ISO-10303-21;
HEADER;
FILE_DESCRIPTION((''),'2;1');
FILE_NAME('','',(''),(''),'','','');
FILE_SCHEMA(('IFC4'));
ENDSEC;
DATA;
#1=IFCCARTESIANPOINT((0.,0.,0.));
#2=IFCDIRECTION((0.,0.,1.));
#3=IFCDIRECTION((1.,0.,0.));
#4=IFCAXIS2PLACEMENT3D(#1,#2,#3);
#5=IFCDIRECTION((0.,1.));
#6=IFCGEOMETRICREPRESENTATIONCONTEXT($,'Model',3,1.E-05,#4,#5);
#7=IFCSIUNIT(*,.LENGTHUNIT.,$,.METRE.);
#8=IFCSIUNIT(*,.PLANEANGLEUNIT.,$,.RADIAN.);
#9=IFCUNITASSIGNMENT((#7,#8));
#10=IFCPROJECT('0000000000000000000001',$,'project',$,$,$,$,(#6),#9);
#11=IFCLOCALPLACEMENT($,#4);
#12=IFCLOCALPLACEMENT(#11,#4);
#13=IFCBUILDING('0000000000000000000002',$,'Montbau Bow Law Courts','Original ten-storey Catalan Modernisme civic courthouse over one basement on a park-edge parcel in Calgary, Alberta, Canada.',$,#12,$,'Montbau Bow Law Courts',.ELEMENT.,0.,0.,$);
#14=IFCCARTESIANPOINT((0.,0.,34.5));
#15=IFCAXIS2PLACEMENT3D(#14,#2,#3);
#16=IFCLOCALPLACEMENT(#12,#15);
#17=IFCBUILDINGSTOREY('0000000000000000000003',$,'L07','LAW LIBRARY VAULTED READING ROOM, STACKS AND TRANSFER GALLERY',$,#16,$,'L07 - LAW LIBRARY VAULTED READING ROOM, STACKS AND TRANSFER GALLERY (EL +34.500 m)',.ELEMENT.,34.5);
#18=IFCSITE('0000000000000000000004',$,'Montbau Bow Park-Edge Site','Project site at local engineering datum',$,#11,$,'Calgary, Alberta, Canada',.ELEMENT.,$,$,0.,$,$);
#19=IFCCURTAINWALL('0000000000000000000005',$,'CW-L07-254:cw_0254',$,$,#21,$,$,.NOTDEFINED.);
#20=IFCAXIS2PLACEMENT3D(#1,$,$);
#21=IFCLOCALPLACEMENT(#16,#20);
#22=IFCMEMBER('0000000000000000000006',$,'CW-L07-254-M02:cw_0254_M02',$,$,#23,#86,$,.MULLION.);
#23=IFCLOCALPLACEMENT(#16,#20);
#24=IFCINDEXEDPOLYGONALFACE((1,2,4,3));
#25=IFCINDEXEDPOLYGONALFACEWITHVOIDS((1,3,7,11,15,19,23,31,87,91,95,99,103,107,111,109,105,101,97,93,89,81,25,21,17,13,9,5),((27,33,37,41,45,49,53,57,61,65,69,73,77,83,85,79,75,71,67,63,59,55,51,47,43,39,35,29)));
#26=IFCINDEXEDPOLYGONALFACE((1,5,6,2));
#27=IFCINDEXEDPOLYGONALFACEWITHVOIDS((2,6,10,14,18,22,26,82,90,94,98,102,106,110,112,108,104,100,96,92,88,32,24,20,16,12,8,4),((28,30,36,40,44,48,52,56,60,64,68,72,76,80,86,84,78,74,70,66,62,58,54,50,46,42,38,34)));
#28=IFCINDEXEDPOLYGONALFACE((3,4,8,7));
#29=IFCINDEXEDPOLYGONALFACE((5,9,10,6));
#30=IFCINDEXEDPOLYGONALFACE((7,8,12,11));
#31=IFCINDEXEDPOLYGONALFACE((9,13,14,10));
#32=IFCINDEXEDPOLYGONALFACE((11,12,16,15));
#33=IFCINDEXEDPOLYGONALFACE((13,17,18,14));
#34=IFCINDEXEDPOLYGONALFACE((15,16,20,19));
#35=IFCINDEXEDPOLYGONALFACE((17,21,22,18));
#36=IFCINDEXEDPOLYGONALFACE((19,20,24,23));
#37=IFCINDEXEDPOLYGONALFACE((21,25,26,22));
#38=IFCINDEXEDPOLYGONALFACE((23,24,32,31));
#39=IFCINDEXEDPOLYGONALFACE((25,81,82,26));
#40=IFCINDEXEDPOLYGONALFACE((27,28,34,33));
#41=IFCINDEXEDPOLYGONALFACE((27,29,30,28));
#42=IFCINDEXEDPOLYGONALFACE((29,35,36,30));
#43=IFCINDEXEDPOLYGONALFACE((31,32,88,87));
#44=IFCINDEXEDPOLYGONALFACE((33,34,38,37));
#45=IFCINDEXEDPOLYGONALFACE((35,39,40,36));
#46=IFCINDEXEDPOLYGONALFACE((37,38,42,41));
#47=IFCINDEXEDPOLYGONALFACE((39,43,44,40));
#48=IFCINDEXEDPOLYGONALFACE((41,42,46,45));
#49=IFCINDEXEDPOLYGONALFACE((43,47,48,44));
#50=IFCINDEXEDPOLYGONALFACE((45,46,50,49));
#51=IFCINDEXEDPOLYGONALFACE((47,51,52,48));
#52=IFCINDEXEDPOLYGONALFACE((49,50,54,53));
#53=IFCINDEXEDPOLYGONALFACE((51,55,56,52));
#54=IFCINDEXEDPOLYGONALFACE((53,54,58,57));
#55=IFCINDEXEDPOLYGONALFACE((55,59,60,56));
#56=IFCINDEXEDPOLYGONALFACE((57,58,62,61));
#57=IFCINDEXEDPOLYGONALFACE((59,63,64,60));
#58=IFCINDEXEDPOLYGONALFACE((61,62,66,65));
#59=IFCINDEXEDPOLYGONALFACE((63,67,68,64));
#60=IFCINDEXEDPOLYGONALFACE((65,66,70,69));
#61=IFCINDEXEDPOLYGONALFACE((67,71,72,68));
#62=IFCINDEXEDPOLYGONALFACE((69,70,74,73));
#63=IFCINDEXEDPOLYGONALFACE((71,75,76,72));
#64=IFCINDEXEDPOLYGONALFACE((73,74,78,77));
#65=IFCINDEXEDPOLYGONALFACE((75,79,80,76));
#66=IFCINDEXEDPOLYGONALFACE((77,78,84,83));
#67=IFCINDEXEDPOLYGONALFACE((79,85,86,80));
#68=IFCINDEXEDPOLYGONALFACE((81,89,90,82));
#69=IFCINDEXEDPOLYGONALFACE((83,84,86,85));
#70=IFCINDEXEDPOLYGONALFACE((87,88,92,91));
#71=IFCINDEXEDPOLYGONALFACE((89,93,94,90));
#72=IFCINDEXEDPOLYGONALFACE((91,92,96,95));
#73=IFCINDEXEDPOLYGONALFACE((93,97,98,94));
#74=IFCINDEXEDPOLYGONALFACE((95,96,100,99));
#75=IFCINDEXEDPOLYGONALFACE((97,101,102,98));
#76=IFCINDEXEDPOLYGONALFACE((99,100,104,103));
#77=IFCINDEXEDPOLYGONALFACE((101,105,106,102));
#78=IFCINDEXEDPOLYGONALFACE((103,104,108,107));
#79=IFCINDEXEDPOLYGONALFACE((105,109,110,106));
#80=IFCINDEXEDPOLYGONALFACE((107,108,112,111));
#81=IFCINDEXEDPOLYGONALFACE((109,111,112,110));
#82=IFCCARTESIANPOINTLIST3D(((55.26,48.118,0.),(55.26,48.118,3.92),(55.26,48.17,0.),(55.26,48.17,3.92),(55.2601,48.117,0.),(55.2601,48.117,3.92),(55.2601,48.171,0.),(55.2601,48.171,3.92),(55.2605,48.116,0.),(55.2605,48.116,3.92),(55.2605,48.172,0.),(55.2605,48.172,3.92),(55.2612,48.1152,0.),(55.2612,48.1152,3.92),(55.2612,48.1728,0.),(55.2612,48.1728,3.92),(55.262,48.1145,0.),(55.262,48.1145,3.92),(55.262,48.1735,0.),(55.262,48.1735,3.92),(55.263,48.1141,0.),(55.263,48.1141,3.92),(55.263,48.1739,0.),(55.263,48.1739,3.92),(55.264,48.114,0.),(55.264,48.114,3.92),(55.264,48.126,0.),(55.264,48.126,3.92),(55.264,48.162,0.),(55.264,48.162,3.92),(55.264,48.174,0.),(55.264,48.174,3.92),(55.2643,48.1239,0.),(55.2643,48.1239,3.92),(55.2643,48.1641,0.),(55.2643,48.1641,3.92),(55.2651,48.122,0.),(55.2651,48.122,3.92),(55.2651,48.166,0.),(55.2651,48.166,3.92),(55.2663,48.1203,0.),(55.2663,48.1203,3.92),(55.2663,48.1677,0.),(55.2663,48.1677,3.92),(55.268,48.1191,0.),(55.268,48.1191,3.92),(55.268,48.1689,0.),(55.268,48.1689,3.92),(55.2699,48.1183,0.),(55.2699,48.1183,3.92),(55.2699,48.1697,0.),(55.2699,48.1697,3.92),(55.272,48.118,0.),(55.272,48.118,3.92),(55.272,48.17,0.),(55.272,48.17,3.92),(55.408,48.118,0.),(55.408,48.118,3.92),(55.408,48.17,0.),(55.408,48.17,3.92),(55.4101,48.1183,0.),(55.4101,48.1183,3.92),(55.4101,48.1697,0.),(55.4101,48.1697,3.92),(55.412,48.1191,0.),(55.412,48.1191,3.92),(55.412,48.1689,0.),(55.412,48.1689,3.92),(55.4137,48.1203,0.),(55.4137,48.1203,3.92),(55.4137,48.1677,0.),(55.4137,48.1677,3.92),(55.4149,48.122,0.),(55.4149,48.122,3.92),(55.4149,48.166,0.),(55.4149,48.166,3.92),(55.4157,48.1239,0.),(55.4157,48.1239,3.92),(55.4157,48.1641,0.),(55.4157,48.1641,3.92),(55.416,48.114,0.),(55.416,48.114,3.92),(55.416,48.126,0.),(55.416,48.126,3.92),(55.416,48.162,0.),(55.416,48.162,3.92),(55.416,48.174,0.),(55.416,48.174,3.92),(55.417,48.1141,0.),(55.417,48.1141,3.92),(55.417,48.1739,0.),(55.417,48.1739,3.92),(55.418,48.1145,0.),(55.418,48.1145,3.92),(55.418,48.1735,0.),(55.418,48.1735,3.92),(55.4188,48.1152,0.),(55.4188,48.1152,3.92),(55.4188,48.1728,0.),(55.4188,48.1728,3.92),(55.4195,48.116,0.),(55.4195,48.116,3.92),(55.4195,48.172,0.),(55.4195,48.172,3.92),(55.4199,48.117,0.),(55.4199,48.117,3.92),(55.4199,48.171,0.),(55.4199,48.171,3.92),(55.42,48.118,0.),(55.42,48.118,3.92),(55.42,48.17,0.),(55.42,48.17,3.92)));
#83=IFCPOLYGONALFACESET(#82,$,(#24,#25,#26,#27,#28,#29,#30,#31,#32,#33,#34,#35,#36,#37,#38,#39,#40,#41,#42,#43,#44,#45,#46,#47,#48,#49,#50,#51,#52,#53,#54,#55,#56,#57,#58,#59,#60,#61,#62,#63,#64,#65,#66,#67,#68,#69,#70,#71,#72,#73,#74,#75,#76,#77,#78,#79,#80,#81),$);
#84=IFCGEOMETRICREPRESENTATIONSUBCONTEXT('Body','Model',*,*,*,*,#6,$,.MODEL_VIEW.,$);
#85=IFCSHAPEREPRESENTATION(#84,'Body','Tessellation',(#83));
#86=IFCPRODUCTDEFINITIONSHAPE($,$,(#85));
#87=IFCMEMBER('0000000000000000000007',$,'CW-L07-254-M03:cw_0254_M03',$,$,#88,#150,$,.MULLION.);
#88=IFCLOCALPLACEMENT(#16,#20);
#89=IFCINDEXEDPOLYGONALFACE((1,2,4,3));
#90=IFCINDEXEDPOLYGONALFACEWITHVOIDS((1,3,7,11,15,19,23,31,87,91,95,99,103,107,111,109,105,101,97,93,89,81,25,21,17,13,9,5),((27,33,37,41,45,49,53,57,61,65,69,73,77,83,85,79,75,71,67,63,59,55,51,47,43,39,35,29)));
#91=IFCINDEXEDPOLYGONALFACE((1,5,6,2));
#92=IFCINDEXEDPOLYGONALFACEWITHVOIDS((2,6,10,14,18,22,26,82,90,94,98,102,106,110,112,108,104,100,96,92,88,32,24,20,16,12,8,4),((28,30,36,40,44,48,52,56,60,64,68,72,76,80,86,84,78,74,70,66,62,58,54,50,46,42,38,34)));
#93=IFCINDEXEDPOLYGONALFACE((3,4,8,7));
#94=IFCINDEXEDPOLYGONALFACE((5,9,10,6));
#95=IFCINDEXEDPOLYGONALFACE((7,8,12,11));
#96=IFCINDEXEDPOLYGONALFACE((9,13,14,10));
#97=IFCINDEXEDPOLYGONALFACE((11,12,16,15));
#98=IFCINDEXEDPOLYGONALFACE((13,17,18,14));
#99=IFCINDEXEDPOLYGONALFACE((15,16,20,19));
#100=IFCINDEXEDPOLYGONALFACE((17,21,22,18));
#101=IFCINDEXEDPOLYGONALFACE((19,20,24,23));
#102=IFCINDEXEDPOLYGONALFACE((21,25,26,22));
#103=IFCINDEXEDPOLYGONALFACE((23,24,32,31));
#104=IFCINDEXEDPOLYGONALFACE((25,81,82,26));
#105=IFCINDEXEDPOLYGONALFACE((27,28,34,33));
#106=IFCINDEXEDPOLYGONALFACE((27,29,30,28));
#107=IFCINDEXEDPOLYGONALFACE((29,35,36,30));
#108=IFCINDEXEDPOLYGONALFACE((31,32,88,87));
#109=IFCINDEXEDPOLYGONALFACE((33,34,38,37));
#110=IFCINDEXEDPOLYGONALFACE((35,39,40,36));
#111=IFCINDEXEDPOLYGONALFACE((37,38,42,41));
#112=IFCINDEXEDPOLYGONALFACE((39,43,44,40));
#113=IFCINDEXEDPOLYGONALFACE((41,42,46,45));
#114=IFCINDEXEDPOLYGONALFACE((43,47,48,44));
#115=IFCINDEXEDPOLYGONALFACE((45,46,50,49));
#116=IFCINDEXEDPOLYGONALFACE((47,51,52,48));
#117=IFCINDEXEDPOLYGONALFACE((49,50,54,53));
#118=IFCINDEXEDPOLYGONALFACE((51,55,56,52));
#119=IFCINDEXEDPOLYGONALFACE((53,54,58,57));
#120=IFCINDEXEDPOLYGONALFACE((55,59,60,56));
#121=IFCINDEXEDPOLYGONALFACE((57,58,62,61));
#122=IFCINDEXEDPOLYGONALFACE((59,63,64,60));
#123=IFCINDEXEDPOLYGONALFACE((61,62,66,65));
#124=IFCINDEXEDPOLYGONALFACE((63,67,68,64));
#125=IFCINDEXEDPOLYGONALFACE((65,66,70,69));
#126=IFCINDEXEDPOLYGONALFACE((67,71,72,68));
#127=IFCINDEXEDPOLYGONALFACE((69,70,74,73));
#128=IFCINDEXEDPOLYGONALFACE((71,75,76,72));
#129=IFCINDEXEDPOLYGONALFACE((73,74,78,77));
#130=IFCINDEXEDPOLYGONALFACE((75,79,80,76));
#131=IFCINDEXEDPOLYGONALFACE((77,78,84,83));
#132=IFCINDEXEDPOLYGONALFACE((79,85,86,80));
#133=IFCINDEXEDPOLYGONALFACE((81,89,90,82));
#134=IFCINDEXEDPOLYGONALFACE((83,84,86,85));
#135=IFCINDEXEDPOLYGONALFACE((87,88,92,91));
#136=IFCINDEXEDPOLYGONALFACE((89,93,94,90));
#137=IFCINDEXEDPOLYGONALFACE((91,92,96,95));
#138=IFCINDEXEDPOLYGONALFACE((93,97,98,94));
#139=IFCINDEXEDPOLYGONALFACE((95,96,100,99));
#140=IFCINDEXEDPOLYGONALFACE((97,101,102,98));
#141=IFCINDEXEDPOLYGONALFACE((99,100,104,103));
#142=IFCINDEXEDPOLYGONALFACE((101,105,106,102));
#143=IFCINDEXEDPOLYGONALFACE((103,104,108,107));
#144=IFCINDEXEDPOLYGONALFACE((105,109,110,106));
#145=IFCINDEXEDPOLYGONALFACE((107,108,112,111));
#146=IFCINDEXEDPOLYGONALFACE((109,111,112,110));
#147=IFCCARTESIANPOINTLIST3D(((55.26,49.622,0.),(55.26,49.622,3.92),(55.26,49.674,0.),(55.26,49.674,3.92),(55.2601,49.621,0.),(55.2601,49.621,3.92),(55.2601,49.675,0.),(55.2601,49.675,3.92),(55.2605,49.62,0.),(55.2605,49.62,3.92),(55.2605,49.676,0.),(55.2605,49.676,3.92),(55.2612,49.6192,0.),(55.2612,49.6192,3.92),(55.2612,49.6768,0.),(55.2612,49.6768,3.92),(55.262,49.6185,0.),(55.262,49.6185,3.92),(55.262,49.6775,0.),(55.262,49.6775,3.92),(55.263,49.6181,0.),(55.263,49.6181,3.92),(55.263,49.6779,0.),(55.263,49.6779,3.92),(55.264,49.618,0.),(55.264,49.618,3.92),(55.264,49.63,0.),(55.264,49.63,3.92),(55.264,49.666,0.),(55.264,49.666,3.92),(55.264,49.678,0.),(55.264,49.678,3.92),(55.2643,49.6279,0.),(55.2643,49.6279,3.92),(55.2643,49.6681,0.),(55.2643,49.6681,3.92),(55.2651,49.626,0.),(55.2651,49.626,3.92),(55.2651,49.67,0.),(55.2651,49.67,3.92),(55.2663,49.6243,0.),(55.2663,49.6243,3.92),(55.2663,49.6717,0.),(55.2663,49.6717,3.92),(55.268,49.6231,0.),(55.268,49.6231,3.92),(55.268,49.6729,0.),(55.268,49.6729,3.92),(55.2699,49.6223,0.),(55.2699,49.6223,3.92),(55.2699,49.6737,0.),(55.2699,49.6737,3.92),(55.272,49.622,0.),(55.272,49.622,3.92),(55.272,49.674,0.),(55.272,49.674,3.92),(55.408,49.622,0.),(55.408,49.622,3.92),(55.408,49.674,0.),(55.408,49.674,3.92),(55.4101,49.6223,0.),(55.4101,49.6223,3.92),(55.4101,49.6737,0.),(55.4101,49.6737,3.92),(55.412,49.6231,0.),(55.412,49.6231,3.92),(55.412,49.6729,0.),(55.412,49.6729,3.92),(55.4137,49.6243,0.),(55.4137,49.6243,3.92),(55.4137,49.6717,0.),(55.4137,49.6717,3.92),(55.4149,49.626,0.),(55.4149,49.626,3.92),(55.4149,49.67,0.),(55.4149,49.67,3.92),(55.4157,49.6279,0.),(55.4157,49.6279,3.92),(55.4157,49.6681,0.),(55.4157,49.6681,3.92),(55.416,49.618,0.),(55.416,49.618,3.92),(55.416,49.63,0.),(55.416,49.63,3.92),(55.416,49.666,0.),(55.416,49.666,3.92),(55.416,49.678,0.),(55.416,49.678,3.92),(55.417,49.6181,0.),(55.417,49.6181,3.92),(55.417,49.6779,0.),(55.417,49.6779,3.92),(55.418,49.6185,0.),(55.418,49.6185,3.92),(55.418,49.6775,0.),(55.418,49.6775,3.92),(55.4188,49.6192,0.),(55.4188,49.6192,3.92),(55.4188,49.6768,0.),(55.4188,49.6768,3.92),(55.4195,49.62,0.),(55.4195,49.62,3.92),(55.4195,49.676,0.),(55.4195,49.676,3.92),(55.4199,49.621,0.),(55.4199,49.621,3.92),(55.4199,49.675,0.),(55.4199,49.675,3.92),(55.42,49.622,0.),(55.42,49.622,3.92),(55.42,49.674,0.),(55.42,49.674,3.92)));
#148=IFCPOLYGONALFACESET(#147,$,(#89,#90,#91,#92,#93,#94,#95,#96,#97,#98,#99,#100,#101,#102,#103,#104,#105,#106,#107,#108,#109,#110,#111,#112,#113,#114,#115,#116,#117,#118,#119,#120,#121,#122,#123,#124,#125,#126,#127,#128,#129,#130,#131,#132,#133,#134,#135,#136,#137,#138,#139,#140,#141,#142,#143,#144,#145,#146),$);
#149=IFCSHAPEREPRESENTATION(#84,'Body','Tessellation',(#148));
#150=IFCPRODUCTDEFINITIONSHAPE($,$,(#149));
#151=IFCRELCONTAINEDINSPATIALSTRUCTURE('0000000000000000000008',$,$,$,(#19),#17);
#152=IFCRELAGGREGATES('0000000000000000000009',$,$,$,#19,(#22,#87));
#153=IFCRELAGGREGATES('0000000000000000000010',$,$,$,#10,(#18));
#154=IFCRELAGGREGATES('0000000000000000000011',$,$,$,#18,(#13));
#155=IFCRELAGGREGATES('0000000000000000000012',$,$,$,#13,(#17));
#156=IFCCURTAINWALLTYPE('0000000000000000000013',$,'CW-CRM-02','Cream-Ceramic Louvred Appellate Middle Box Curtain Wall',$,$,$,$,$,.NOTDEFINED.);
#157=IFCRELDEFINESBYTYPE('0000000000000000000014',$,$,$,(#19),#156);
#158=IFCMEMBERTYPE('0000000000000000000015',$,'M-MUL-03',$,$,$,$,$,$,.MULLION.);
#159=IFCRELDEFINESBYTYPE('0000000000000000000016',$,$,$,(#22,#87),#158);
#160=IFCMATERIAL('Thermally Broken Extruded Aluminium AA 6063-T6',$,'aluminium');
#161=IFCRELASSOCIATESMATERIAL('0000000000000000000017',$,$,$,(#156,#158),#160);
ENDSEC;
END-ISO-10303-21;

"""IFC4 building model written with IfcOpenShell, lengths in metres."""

from ifc_helpers import new_model, si_unit, direction, frame, origin_with_axes, origin_2d_with_axis, place, context, subcontext, project, spatial, hollow_rectangle, extrude, material, material_profile, profile_set, type_object, element, aggregate, save


model = new_model("IFC4")

# Units and contexts
model_context = context("Model", 3, precision=1e-05, world=origin_with_axes(), true_north=direction((0.0, 1.0)))
body_context = subcontext(model_context, "Body", "Model", "MODEL_VIEW")
ifc_project = project(units=[si_unit("LENGTHUNIT", "METRE"), si_unit("PLANEANGLEUNIT", "RADIAN")], contexts=[model_context])

# Site, building, storey
site_placement = place(None, origin_with_axes())
site = spatial("IfcSite", under=ifc_project, at=site_placement, Name="Montbau Bow Park-Edge Site", Description="Project site at local engineering datum", LongName="Calgary, Alberta, Canada", CompositionType="ELEMENT", RefElevation=0.0)
building_placement = place(site_placement, origin_with_axes())
building = spatial("IfcBuilding", under=site, at=building_placement, Name="Montbau Bow Law Courts", Description="Original ten-storey Catalan Modernisme civic courthouse over one basement on a park-edge parcel in Calgary, Alberta, Canada.", LongName="Montbau Bow Law Courts", CompositionType="ELEMENT", ElevationOfRefHeight=0.0, ElevationOfTerrain=0.0)
storey_placement = place(building_placement, frame((0.0, 0.0, 34.5), z_axis=(0.0, 0.0, 1.0), x_axis=(1.0, 0.0, 0.0)))
storey = spatial("IfcBuildingStorey", under=building, at=storey_placement, Name="L07", Description="LAW LIBRARY VAULTED READING ROOM, STACKS AND TRANSFER GALLERY", LongName="L07 - LAW LIBRARY VAULTED READING ROOM, STACKS AND TRANSFER GALLERY (EL +34.500 m)", CompositionType="ELEMENT", Elevation=34.5)

# Shared definitions
ifc_material_1 = material(Name="Thermally Broken Extruded Aluminium AA 6063-T6", Category="aluminium")
curtain_wall_type = type_object("IfcCurtainWallType", Name="CW-CRM-02", Description="Cream-Ceramic Louvred Appellate Middle Box Curtain Wall", PredefinedType="NOTDEFINED", material=ifc_material_1)

# Curtain wall, members
curtain_wall_1_placement = place(None, frame((55.34, 46.64, 34.5), z_axis=(0.0, 0.0, 1.0), x_axis=(1.0, 0.0, 0.0)))
curtain_wall_1 = element("IfcCurtainWall", 1, at=curtain_wall_1_placement, inside=storey, type_object=curtain_wall_type, Name="CW-L07-254:cw_0254", PredefinedType="NOTDEFINED")
ifc_material_profile_1 = material_profile(ifc_material_1, hollow_rectangle(XDim=0.06, YDim=0.16, WallThickness=0.004, InnerFilletRadius=0.008, OuterFilletRadius=0.004, at=origin_2d_with_axis()), Name="CWM-160X60", Category="Main", Priority=0)
ifc_profile_set_1 = profile_set([ifc_material_profile_1], Name="Thermally Broken Extruded Aluminium AA 6063-T6")
member_type_1 = type_object("IfcMemberType", Name="M-MUL-03", PredefinedType="MULLION", material=ifc_profile_set_1)
member_1_placement = place(None, frame((55.34, 48.144, 34.5), z_axis=(0.0, 0.0, 1.0), x_axis=(0.0, 1.0, 0.0)))
member_1 = element("IfcMember", 2, at=member_1_placement, type_object=member_type_1, Name="CW-L07-254-M02:cw_0254_M02", PredefinedType="MULLION", context=body_context, shape_type="SweptSolid", body=[
    extrude(hollow_rectangle(XDim=0.06, YDim=0.16, WallThickness=0.004, InnerFilletRadius=0.008, OuterFilletRadius=0.004, at=origin_2d_with_axis()), origin_with_axes(), (0.0, 0.0, 1.0), 3.92),
])
member_2_placement = place(None, frame((55.34, 49.648, 34.5), z_axis=(0.0, 0.0, 1.0), x_axis=(0.0, 1.0, 0.0)))
member_2 = element("IfcMember", 3, at=member_2_placement, type_object=member_type_1, Name="CW-L07-254-M03:cw_0254_M03", PredefinedType="MULLION", context=body_context, shape_type="SweptSolid", body=[
    extrude(hollow_rectangle(XDim=0.06, YDim=0.16, WallThickness=0.004, InnerFilletRadius=0.008, OuterFilletRadius=0.004, at=origin_2d_with_axis()), origin_with_axes(), (0.0, 0.0, 1.0), 3.92),
])
aggregate(curtain_wall_1, [member_1, member_2])

save(model, "model.ifc")
